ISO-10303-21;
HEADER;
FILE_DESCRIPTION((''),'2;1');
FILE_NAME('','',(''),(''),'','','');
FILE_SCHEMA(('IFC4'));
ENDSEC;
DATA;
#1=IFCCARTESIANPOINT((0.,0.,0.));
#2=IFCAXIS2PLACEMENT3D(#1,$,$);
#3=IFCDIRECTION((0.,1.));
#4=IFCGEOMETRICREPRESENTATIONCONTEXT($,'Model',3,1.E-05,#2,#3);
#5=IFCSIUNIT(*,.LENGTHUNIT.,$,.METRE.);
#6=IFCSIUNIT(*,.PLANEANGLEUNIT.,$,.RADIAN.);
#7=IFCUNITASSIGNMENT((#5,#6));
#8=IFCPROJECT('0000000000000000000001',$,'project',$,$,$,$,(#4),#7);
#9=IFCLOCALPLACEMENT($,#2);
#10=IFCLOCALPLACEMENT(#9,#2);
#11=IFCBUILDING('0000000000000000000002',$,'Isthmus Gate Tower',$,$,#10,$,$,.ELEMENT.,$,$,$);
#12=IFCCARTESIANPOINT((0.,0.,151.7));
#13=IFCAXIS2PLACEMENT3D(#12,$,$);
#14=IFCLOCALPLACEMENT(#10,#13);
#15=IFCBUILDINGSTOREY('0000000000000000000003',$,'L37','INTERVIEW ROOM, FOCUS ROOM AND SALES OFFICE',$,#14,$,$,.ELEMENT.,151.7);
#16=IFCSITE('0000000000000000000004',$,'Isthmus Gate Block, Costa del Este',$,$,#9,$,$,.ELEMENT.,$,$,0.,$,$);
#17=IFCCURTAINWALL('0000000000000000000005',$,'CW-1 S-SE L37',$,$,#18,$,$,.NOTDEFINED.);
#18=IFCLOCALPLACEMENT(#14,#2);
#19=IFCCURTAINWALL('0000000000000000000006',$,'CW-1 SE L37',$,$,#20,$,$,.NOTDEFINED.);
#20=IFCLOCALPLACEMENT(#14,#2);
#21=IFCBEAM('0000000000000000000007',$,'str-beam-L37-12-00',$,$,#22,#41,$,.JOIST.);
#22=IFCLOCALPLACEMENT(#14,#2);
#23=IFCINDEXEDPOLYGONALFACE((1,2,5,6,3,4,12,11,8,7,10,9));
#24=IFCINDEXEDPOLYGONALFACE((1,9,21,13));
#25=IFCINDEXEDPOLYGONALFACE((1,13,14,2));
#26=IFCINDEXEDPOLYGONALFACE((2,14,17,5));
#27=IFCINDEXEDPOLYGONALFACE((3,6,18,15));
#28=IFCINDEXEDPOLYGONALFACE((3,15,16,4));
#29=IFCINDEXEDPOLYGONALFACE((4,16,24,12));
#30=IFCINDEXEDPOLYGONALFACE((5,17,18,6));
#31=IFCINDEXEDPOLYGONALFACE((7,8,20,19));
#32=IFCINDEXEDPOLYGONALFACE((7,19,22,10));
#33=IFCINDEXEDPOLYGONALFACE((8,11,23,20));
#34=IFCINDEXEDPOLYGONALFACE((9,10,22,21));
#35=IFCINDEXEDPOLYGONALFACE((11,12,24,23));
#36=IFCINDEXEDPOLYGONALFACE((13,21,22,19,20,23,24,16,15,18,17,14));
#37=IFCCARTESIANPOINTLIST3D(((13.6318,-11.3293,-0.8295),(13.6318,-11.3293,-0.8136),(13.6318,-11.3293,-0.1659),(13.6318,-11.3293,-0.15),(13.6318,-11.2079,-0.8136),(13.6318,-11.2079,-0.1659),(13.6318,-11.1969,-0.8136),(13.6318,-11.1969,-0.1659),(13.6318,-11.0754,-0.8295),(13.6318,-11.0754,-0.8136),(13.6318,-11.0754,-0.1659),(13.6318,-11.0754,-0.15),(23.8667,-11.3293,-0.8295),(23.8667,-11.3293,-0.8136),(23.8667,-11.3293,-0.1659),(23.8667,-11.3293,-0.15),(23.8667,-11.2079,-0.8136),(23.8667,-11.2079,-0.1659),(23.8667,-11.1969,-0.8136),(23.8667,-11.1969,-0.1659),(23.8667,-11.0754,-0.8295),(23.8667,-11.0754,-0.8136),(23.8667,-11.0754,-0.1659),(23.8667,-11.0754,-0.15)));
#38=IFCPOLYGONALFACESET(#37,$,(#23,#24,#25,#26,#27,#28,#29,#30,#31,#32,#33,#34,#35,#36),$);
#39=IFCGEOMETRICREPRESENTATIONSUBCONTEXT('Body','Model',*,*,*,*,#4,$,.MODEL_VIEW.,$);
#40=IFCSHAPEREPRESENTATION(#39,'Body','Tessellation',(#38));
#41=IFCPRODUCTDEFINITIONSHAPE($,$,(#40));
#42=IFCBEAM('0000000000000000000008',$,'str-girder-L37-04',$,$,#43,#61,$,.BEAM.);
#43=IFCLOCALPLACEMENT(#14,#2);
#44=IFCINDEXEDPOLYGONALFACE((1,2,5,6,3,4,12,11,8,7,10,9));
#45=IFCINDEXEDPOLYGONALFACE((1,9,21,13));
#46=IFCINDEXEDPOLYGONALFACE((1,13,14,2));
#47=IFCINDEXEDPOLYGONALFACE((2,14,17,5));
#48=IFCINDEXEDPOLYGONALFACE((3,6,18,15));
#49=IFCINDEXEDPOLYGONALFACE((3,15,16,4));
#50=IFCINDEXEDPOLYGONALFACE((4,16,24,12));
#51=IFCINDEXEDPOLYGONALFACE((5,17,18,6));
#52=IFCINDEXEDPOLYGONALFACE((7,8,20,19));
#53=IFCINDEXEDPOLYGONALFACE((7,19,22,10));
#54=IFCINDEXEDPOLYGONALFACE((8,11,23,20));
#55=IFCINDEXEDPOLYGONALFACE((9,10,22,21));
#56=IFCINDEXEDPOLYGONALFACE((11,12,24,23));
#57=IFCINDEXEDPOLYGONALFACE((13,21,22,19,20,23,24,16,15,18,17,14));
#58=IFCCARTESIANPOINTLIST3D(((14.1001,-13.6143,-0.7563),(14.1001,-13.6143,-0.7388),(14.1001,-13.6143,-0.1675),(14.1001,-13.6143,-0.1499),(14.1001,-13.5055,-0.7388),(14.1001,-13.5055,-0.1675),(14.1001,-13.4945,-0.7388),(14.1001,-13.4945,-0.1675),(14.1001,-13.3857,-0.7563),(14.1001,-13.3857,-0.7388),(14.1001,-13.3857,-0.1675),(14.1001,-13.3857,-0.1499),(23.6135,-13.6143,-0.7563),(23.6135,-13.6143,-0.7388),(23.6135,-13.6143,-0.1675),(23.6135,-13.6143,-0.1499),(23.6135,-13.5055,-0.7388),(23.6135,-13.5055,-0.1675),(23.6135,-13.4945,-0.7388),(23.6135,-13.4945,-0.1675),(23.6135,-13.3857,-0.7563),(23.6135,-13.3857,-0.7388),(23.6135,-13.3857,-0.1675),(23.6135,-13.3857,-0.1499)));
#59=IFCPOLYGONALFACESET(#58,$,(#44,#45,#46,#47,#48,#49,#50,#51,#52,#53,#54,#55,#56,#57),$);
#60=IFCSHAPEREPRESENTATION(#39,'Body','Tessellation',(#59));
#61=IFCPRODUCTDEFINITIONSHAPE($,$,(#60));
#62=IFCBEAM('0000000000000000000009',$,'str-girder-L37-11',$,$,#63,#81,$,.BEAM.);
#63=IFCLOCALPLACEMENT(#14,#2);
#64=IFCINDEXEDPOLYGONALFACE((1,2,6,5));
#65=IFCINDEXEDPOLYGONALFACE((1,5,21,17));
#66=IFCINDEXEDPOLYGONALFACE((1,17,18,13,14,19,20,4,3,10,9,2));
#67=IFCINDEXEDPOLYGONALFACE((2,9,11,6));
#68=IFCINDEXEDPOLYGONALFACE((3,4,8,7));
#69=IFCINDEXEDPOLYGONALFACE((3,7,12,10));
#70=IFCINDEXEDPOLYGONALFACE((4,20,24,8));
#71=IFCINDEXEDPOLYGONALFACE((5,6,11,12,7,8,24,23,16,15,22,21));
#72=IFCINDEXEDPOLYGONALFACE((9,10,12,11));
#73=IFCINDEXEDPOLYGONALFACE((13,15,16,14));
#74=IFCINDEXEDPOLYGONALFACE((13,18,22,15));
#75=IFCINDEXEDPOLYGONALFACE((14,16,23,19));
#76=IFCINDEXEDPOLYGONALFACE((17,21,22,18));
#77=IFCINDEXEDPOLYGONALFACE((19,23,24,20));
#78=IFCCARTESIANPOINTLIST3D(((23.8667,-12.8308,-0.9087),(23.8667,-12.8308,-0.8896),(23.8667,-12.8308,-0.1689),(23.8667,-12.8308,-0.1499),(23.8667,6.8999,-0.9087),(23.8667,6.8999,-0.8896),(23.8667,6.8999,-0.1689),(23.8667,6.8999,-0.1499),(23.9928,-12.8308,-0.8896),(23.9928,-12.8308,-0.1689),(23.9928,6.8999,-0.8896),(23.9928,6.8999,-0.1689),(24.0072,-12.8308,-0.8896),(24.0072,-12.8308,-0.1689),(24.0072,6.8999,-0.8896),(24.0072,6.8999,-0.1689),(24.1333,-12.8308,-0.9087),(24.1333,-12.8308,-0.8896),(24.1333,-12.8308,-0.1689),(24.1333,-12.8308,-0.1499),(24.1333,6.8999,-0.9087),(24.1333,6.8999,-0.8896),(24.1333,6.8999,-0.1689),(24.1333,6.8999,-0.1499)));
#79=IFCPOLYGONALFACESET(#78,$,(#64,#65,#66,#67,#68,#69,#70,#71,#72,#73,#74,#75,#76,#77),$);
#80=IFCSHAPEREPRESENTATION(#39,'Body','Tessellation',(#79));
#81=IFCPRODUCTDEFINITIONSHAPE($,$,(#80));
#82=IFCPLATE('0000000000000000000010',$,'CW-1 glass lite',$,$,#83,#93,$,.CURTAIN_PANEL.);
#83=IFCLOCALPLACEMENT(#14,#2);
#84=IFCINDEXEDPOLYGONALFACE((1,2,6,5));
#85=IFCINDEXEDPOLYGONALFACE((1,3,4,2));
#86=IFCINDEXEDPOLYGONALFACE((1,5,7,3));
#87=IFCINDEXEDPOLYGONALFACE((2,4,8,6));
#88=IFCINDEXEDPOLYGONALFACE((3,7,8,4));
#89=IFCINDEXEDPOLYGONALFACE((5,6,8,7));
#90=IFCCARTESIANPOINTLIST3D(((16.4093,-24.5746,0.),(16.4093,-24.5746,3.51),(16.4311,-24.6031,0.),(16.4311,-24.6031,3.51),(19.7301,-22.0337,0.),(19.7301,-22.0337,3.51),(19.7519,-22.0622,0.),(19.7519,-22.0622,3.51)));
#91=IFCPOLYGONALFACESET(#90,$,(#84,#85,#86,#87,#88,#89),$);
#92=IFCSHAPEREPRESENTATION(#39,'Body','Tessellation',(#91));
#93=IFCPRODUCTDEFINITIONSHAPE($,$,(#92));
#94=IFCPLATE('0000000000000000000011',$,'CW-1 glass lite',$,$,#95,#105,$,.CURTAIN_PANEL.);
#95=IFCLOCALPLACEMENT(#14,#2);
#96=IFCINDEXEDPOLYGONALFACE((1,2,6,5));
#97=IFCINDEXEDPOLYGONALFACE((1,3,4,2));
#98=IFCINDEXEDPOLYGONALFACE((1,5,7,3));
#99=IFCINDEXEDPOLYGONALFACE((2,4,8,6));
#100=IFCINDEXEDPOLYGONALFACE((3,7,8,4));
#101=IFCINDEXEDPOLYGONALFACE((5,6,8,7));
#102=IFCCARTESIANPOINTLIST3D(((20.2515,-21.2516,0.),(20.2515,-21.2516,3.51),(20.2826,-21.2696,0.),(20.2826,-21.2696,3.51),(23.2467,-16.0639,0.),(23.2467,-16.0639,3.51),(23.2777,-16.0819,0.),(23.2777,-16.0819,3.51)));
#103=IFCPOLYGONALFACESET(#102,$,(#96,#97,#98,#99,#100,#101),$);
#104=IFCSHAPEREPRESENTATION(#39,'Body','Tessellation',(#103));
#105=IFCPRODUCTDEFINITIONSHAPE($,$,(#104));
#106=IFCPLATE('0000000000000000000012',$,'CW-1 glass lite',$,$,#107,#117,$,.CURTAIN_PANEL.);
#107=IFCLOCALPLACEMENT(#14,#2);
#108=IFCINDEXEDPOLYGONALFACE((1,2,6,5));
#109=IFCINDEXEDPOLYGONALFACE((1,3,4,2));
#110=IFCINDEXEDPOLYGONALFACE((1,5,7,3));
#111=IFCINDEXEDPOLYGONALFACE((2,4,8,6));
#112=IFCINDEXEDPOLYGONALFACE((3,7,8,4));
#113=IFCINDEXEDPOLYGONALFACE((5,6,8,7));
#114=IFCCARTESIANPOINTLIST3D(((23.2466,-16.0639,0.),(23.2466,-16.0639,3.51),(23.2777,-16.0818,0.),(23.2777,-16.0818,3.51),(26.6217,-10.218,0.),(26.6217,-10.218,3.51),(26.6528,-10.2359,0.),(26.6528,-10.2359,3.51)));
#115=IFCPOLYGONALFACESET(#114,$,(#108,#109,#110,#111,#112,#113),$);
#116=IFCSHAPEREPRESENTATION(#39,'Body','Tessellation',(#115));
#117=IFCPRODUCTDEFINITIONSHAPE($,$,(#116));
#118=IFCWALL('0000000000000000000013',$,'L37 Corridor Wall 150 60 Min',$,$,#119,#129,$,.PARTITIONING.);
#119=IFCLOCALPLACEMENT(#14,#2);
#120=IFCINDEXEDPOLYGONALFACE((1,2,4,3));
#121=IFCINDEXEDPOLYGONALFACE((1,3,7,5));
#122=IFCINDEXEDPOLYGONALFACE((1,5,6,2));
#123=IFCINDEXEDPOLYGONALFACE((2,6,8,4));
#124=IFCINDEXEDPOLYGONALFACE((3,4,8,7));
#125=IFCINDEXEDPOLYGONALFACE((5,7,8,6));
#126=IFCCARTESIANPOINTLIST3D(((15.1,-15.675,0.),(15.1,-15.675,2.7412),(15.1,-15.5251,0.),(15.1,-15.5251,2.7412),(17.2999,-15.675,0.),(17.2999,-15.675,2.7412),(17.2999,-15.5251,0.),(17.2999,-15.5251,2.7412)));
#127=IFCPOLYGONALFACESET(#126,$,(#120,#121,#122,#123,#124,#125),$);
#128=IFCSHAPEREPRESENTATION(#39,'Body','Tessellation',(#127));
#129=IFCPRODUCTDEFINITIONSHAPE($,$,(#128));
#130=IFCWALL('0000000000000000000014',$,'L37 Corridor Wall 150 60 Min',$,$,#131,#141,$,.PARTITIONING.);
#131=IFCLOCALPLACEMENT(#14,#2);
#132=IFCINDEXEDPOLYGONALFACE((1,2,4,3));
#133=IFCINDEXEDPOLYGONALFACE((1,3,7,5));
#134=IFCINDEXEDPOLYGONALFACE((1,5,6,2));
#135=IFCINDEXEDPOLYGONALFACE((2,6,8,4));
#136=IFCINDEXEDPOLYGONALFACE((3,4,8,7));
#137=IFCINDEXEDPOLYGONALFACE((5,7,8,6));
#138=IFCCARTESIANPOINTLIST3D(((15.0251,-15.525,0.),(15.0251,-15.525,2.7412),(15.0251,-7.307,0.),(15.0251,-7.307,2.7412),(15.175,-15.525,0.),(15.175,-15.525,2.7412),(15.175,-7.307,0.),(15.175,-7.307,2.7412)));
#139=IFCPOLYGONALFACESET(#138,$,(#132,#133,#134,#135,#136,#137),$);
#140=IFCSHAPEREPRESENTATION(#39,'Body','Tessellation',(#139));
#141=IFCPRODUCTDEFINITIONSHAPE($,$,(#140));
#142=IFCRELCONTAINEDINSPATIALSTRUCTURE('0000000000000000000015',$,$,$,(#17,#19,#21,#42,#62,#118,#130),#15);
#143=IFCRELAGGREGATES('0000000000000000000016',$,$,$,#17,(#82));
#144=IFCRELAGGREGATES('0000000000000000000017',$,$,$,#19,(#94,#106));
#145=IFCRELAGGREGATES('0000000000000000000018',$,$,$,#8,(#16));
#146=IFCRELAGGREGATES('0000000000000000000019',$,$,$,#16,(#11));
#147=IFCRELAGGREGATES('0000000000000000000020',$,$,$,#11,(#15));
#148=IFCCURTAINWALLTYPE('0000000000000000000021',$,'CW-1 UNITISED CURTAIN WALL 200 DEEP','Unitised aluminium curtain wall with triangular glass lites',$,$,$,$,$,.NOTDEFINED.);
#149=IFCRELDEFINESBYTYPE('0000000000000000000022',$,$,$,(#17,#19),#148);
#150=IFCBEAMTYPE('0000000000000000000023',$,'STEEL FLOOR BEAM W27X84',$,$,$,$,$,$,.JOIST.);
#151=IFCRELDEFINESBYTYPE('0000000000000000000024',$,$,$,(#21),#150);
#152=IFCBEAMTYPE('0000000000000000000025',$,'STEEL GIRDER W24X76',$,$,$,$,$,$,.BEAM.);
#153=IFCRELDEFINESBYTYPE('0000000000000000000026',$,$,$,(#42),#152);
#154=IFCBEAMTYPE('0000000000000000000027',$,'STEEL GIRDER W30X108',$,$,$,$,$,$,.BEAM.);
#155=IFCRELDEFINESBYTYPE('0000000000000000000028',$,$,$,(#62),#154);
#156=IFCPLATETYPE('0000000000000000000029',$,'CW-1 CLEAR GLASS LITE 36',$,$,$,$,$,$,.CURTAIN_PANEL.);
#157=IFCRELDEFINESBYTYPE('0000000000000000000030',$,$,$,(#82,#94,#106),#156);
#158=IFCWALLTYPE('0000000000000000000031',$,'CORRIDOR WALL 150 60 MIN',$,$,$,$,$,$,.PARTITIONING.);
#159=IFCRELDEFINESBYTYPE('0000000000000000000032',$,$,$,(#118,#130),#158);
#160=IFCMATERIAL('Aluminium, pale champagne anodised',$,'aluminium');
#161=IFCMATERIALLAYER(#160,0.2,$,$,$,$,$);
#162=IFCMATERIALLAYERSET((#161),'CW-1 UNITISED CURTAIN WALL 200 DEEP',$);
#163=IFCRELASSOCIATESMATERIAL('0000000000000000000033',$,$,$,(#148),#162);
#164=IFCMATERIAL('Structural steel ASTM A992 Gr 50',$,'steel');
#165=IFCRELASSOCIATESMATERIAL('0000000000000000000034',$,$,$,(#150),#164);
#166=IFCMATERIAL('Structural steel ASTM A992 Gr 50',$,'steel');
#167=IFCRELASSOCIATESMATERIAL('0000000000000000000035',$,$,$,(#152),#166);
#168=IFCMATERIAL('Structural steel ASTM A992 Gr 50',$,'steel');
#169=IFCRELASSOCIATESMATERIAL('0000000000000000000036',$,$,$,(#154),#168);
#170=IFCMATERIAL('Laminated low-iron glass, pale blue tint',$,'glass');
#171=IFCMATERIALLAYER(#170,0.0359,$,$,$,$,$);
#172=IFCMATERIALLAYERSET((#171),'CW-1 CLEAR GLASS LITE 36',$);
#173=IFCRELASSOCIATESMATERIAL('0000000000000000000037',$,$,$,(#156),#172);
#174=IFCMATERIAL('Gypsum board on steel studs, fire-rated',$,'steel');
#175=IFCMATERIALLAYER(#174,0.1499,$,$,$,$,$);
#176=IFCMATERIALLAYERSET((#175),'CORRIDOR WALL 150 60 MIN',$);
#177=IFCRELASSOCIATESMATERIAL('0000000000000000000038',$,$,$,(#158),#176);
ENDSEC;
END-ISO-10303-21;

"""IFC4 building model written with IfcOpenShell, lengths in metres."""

from ifc_helpers import new_model, si_unit, direction, frame, frame_2d, origin, origin_2d, place, context, subcontext, project, spatial, rectangle, i_section, extrude, material, layer, layer_set, material_profile, profile_set, type_object, element, aggregate, save


model = new_model("IFC4")

# Units and contexts
model_context = context("Model", 3, precision=1e-05, world=origin(), true_north=direction((0.0, 1.0)))
body_context = subcontext(model_context, "Body", "Model", "MODEL_VIEW")
ifc_project = project(units=[si_unit("LENGTHUNIT", "METRE"), si_unit("PLANEANGLEUNIT", "RADIAN")], contexts=[model_context])

# Site, building, storey
site_placement = place(None, origin())
site = spatial("IfcSite", under=ifc_project, at=site_placement, Name="Isthmus Gate Block, Costa del Este", CompositionType="ELEMENT", RefElevation=0.0)
building_placement = place(site_placement, origin())
building = spatial("IfcBuilding", under=site, at=building_placement, Name="Isthmus Gate Tower", CompositionType="ELEMENT")
storey_placement = place(building_placement, frame((0.0, 0.0, 151.7)))
storey = spatial("IfcBuildingStorey", under=building, at=storey_placement, Name="L37", Description="INTERVIEW ROOM, FOCUS ROOM AND SALES OFFICE", CompositionType="ELEMENT", Elevation=151.7)

# Curtain wall
ifc_material_1 = material(Name="Aluminium, pale champagne anodised", Category="aluminium")
ifc_layer_1 = layer(ifc_material_1, 0.2)
ifc_layer_set_1 = layer_set([ifc_layer_1], Name="CW-1 UNITISED CURTAIN WALL 200 DEEP")
curtain_wall_type = type_object("IfcCurtainWallType", Name="CW-1 UNITISED CURTAIN WALL 200 DEEP", Description="Unitised aluminium curtain wall with triangular glass lites", PredefinedType="NOTDEFINED", material=ifc_layer_set_1)
curtain_wall_1_placement = place(storey_placement, origin())
curtain_wall_1 = element("IfcCurtainWall", 1, at=curtain_wall_1_placement, inside=storey, type_object=curtain_wall_type, Name="CW-1 S-SE L37", PredefinedType="NOTDEFINED")

# Curtain wall
curtain_wall_2_placement = place(storey_placement, origin())
curtain_wall_2 = element("IfcCurtainWall", 2, at=curtain_wall_2_placement, inside=storey, type_object=curtain_wall_type, Name="CW-1 SE L37", PredefinedType="NOTDEFINED")

# Beams
ifc_material_2 = material(Name="Structural steel ASTM A992 Gr 50", Category="steel")
ifc_material_profile_1 = material_profile(ifc_material_2, i_section(OverallWidth=0.2539, OverallDepth=0.6794, WebThickness=0.011, FlangeThickness=0.0159, at=origin_2d()), Name="W27X84")
ifc_profile_set_1 = profile_set([ifc_material_profile_1], Name="Structural steel ASTM A992 Gr 50")
beam_type_1 = type_object("IfcBeamType", Name="STEEL FLOOR BEAM W27X84", PredefinedType="JOIST", material=ifc_profile_set_1)
beam_1_placement = place(storey_placement, frame((13.6318, -11.2024, -0.4897), z_axis=(1.0, 0.0, 0.0), x_axis=(0.0, 1.0, 0.0)))
element("IfcBeam", 3, at=beam_1_placement, inside=storey, type_object=beam_type_1, Name="str-beam-L37-12-00", PredefinedType="JOIST", context=body_context, shape_type="SweptSolid", body=[
    extrude(i_section(OverallWidth=0.2539, OverallDepth=0.6794, WebThickness=0.011, FlangeThickness=0.0159, at=origin_2d()), origin(), (0.0, 0.0, 1.0), 10.2349),
])
ifc_material_3 = material(Name="Structural steel ASTM A992 Gr 50", Category="steel")
ifc_material_profile_2 = material_profile(ifc_material_3, i_section(OverallWidth=0.2285, OverallDepth=0.6064, WebThickness=0.011, FlangeThickness=0.0176, at=origin_2d()), Name="W24X76")
ifc_profile_set_2 = profile_set([ifc_material_profile_2], Name="Structural steel ASTM A992 Gr 50")
beam_type_2 = type_object("IfcBeamType", Name="STEEL GIRDER W24X76", PredefinedType="BEAM", material=ifc_profile_set_2)
beam_2_placement = place(storey_placement, frame((14.1001, -13.5, -0.4531), z_axis=(1.0, 0.0, 0.0), x_axis=(0.0, 1.0, 0.0)))
element("IfcBeam", 4, at=beam_2_placement, inside=storey, type_object=beam_type_2, Name="str-girder-L37-04", PredefinedType="BEAM", context=body_context, shape_type="SweptSolid", body=[
    extrude(i_section(OverallWidth=0.2285, OverallDepth=0.6064, WebThickness=0.011, FlangeThickness=0.0176, at=origin_2d()), origin(), (0.0, 0.0, 1.0), 9.5134),
])
ifc_material_4 = material(Name="Structural steel ASTM A992 Gr 50", Category="steel")
ifc_material_profile_3 = material_profile(ifc_material_4, i_section(OverallWidth=0.2666, OverallDepth=0.7588, WebThickness=0.0144, FlangeThickness=0.019, at=origin_2d()), Name="W30X108")
ifc_profile_set_3 = profile_set([ifc_material_profile_3], Name="Structural steel ASTM A992 Gr 50")
beam_type_3 = type_object("IfcBeamType", Name="STEEL GIRDER W30X108", PredefinedType="BEAM", material=ifc_profile_set_3)
beam_3_placement = place(storey_placement, frame((24.0, -12.8308, -0.5293), z_axis=(0.0, 1.0, 0.0), x_axis=(-1.0, 0.0, 0.0)))
element("IfcBeam", 5, at=beam_3_placement, inside=storey, type_object=beam_type_3, Name="str-girder-L37-11", PredefinedType="BEAM", context=body_context, shape_type="SweptSolid", body=[
    extrude(i_section(OverallWidth=0.2666, OverallDepth=0.7588, WebThickness=0.0144, FlangeThickness=0.019, at=origin_2d()), origin(), (0.0, 0.0, 1.0), 19.7307),
])

# Plates
ifc_material_5 = material(Name="Laminated low-iron glass, pale blue tint", Category="glass")
ifc_layer_2 = layer(ifc_material_5, 0.0359)
ifc_layer_set_2 = layer_set([ifc_layer_2], Name="CW-1 CLEAR GLASS LITE 36")
plate_type = type_object("IfcPlateType", Name="CW-1 CLEAR GLASS LITE 36", PredefinedType="CURTAIN_PANEL", material=ifc_layer_set_2)
plate_1_placement = place(storey_placement, frame((18.0806, -23.3184, 0.0), z_axis=(0.0, 0.0, 1.0), x_axis=(0.794189, 0.607671, 0.0)))
plate_1 = element("IfcPlate", 6, at=plate_1_placement, type_object=plate_type, Name="CW-1 glass lite", PredefinedType="CURTAIN_PANEL", context=body_context, shape_type="SweptSolid", body=[
    extrude(rectangle(XDim=4.1814, YDim=0.0359, at=origin_2d()), origin(), (0.0, 0.0, 1.0), 3.51),
])
aggregate(curtain_wall_1, [plate_1])
plate_2_placement = place(storey_placement, frame((21.7646, -18.6667, 0.0), z_axis=(0.0, 0.0, 1.0), x_axis=(0.5, 0.866025, 0.0)))
plate_2 = element("IfcPlate", 7, at=plate_2_placement, type_object=plate_type, Name="CW-1 glass lite", PredefinedType="CURTAIN_PANEL", context=body_context, shape_type="SweptSolid", body=[
    extrude(rectangle(XDim=5.9902, YDim=0.0359, at=origin_2d()), origin(), (0.0, 0.0, 1.0), 3.51),
])
plate_3_placement = place(storey_placement, frame((24.9497, -13.1499, 0.0), z_axis=(0.0, 0.0, 1.0), x_axis=(0.5, 0.866025, 0.0)))
plate_3 = element("IfcPlate", 8, at=plate_3_placement, type_object=plate_type, Name="CW-1 glass lite", PredefinedType="CURTAIN_PANEL", context=body_context, shape_type="SweptSolid", body=[
    extrude(rectangle(XDim=6.7502, YDim=0.0359, at=origin_2d()), origin(), (0.0, 0.0, 1.0), 3.51),
])
aggregate(curtain_wall_2, [plate_2, plate_3])

# Walls
ifc_material_6 = material(Name="Gypsum board on steel studs, fire-rated", Category="steel")
ifc_layer_3 = layer(ifc_material_6, 0.1499)
ifc_layer_set_3 = layer_set([ifc_layer_3], Name="CORRIDOR WALL 150 60 MIN")
wall_type = type_object("IfcWallType", Name="CORRIDOR WALL 150 60 MIN", PredefinedType="PARTITIONING", material=ifc_layer_set_3)
wall_1_placement = place(storey_placement, frame((17.3, -15.6001, 0.0), z_axis=(0.0, 0.0, 1.0), x_axis=(-1.0, 0.0, 0.0)))
element("IfcWall", 9, at=wall_1_placement, inside=storey, type_object=wall_type, Name="L37 Corridor Wall 150 60 Min", PredefinedType="PARTITIONING", context=body_context, shape_type="SweptSolid", body=[
    extrude(rectangle(XDim=2.2, YDim=0.1499, at=frame_2d((1.1001, 0.0))), origin(), (0.0, 0.0, 1.0), 2.7412),
])
wall_2_placement = place(storey_placement, frame((15.1001, -15.5249, 0.0), z_axis=(0.0, 0.0, 1.0), x_axis=(0.0, 1.0, 0.0)))
element("IfcWall", 10, at=wall_2_placement, inside=storey, type_object=wall_type, Name="L37 Corridor Wall 150 60 Min", PredefinedType="PARTITIONING", context=body_context, shape_type="SweptSolid", body=[
    extrude(rectangle(XDim=8.218, YDim=0.1499, at=frame_2d((4.1089, 0.0))), origin(), (0.0, 0.0, 1.0), 2.7412),
])

save(model, "model.ifc")
